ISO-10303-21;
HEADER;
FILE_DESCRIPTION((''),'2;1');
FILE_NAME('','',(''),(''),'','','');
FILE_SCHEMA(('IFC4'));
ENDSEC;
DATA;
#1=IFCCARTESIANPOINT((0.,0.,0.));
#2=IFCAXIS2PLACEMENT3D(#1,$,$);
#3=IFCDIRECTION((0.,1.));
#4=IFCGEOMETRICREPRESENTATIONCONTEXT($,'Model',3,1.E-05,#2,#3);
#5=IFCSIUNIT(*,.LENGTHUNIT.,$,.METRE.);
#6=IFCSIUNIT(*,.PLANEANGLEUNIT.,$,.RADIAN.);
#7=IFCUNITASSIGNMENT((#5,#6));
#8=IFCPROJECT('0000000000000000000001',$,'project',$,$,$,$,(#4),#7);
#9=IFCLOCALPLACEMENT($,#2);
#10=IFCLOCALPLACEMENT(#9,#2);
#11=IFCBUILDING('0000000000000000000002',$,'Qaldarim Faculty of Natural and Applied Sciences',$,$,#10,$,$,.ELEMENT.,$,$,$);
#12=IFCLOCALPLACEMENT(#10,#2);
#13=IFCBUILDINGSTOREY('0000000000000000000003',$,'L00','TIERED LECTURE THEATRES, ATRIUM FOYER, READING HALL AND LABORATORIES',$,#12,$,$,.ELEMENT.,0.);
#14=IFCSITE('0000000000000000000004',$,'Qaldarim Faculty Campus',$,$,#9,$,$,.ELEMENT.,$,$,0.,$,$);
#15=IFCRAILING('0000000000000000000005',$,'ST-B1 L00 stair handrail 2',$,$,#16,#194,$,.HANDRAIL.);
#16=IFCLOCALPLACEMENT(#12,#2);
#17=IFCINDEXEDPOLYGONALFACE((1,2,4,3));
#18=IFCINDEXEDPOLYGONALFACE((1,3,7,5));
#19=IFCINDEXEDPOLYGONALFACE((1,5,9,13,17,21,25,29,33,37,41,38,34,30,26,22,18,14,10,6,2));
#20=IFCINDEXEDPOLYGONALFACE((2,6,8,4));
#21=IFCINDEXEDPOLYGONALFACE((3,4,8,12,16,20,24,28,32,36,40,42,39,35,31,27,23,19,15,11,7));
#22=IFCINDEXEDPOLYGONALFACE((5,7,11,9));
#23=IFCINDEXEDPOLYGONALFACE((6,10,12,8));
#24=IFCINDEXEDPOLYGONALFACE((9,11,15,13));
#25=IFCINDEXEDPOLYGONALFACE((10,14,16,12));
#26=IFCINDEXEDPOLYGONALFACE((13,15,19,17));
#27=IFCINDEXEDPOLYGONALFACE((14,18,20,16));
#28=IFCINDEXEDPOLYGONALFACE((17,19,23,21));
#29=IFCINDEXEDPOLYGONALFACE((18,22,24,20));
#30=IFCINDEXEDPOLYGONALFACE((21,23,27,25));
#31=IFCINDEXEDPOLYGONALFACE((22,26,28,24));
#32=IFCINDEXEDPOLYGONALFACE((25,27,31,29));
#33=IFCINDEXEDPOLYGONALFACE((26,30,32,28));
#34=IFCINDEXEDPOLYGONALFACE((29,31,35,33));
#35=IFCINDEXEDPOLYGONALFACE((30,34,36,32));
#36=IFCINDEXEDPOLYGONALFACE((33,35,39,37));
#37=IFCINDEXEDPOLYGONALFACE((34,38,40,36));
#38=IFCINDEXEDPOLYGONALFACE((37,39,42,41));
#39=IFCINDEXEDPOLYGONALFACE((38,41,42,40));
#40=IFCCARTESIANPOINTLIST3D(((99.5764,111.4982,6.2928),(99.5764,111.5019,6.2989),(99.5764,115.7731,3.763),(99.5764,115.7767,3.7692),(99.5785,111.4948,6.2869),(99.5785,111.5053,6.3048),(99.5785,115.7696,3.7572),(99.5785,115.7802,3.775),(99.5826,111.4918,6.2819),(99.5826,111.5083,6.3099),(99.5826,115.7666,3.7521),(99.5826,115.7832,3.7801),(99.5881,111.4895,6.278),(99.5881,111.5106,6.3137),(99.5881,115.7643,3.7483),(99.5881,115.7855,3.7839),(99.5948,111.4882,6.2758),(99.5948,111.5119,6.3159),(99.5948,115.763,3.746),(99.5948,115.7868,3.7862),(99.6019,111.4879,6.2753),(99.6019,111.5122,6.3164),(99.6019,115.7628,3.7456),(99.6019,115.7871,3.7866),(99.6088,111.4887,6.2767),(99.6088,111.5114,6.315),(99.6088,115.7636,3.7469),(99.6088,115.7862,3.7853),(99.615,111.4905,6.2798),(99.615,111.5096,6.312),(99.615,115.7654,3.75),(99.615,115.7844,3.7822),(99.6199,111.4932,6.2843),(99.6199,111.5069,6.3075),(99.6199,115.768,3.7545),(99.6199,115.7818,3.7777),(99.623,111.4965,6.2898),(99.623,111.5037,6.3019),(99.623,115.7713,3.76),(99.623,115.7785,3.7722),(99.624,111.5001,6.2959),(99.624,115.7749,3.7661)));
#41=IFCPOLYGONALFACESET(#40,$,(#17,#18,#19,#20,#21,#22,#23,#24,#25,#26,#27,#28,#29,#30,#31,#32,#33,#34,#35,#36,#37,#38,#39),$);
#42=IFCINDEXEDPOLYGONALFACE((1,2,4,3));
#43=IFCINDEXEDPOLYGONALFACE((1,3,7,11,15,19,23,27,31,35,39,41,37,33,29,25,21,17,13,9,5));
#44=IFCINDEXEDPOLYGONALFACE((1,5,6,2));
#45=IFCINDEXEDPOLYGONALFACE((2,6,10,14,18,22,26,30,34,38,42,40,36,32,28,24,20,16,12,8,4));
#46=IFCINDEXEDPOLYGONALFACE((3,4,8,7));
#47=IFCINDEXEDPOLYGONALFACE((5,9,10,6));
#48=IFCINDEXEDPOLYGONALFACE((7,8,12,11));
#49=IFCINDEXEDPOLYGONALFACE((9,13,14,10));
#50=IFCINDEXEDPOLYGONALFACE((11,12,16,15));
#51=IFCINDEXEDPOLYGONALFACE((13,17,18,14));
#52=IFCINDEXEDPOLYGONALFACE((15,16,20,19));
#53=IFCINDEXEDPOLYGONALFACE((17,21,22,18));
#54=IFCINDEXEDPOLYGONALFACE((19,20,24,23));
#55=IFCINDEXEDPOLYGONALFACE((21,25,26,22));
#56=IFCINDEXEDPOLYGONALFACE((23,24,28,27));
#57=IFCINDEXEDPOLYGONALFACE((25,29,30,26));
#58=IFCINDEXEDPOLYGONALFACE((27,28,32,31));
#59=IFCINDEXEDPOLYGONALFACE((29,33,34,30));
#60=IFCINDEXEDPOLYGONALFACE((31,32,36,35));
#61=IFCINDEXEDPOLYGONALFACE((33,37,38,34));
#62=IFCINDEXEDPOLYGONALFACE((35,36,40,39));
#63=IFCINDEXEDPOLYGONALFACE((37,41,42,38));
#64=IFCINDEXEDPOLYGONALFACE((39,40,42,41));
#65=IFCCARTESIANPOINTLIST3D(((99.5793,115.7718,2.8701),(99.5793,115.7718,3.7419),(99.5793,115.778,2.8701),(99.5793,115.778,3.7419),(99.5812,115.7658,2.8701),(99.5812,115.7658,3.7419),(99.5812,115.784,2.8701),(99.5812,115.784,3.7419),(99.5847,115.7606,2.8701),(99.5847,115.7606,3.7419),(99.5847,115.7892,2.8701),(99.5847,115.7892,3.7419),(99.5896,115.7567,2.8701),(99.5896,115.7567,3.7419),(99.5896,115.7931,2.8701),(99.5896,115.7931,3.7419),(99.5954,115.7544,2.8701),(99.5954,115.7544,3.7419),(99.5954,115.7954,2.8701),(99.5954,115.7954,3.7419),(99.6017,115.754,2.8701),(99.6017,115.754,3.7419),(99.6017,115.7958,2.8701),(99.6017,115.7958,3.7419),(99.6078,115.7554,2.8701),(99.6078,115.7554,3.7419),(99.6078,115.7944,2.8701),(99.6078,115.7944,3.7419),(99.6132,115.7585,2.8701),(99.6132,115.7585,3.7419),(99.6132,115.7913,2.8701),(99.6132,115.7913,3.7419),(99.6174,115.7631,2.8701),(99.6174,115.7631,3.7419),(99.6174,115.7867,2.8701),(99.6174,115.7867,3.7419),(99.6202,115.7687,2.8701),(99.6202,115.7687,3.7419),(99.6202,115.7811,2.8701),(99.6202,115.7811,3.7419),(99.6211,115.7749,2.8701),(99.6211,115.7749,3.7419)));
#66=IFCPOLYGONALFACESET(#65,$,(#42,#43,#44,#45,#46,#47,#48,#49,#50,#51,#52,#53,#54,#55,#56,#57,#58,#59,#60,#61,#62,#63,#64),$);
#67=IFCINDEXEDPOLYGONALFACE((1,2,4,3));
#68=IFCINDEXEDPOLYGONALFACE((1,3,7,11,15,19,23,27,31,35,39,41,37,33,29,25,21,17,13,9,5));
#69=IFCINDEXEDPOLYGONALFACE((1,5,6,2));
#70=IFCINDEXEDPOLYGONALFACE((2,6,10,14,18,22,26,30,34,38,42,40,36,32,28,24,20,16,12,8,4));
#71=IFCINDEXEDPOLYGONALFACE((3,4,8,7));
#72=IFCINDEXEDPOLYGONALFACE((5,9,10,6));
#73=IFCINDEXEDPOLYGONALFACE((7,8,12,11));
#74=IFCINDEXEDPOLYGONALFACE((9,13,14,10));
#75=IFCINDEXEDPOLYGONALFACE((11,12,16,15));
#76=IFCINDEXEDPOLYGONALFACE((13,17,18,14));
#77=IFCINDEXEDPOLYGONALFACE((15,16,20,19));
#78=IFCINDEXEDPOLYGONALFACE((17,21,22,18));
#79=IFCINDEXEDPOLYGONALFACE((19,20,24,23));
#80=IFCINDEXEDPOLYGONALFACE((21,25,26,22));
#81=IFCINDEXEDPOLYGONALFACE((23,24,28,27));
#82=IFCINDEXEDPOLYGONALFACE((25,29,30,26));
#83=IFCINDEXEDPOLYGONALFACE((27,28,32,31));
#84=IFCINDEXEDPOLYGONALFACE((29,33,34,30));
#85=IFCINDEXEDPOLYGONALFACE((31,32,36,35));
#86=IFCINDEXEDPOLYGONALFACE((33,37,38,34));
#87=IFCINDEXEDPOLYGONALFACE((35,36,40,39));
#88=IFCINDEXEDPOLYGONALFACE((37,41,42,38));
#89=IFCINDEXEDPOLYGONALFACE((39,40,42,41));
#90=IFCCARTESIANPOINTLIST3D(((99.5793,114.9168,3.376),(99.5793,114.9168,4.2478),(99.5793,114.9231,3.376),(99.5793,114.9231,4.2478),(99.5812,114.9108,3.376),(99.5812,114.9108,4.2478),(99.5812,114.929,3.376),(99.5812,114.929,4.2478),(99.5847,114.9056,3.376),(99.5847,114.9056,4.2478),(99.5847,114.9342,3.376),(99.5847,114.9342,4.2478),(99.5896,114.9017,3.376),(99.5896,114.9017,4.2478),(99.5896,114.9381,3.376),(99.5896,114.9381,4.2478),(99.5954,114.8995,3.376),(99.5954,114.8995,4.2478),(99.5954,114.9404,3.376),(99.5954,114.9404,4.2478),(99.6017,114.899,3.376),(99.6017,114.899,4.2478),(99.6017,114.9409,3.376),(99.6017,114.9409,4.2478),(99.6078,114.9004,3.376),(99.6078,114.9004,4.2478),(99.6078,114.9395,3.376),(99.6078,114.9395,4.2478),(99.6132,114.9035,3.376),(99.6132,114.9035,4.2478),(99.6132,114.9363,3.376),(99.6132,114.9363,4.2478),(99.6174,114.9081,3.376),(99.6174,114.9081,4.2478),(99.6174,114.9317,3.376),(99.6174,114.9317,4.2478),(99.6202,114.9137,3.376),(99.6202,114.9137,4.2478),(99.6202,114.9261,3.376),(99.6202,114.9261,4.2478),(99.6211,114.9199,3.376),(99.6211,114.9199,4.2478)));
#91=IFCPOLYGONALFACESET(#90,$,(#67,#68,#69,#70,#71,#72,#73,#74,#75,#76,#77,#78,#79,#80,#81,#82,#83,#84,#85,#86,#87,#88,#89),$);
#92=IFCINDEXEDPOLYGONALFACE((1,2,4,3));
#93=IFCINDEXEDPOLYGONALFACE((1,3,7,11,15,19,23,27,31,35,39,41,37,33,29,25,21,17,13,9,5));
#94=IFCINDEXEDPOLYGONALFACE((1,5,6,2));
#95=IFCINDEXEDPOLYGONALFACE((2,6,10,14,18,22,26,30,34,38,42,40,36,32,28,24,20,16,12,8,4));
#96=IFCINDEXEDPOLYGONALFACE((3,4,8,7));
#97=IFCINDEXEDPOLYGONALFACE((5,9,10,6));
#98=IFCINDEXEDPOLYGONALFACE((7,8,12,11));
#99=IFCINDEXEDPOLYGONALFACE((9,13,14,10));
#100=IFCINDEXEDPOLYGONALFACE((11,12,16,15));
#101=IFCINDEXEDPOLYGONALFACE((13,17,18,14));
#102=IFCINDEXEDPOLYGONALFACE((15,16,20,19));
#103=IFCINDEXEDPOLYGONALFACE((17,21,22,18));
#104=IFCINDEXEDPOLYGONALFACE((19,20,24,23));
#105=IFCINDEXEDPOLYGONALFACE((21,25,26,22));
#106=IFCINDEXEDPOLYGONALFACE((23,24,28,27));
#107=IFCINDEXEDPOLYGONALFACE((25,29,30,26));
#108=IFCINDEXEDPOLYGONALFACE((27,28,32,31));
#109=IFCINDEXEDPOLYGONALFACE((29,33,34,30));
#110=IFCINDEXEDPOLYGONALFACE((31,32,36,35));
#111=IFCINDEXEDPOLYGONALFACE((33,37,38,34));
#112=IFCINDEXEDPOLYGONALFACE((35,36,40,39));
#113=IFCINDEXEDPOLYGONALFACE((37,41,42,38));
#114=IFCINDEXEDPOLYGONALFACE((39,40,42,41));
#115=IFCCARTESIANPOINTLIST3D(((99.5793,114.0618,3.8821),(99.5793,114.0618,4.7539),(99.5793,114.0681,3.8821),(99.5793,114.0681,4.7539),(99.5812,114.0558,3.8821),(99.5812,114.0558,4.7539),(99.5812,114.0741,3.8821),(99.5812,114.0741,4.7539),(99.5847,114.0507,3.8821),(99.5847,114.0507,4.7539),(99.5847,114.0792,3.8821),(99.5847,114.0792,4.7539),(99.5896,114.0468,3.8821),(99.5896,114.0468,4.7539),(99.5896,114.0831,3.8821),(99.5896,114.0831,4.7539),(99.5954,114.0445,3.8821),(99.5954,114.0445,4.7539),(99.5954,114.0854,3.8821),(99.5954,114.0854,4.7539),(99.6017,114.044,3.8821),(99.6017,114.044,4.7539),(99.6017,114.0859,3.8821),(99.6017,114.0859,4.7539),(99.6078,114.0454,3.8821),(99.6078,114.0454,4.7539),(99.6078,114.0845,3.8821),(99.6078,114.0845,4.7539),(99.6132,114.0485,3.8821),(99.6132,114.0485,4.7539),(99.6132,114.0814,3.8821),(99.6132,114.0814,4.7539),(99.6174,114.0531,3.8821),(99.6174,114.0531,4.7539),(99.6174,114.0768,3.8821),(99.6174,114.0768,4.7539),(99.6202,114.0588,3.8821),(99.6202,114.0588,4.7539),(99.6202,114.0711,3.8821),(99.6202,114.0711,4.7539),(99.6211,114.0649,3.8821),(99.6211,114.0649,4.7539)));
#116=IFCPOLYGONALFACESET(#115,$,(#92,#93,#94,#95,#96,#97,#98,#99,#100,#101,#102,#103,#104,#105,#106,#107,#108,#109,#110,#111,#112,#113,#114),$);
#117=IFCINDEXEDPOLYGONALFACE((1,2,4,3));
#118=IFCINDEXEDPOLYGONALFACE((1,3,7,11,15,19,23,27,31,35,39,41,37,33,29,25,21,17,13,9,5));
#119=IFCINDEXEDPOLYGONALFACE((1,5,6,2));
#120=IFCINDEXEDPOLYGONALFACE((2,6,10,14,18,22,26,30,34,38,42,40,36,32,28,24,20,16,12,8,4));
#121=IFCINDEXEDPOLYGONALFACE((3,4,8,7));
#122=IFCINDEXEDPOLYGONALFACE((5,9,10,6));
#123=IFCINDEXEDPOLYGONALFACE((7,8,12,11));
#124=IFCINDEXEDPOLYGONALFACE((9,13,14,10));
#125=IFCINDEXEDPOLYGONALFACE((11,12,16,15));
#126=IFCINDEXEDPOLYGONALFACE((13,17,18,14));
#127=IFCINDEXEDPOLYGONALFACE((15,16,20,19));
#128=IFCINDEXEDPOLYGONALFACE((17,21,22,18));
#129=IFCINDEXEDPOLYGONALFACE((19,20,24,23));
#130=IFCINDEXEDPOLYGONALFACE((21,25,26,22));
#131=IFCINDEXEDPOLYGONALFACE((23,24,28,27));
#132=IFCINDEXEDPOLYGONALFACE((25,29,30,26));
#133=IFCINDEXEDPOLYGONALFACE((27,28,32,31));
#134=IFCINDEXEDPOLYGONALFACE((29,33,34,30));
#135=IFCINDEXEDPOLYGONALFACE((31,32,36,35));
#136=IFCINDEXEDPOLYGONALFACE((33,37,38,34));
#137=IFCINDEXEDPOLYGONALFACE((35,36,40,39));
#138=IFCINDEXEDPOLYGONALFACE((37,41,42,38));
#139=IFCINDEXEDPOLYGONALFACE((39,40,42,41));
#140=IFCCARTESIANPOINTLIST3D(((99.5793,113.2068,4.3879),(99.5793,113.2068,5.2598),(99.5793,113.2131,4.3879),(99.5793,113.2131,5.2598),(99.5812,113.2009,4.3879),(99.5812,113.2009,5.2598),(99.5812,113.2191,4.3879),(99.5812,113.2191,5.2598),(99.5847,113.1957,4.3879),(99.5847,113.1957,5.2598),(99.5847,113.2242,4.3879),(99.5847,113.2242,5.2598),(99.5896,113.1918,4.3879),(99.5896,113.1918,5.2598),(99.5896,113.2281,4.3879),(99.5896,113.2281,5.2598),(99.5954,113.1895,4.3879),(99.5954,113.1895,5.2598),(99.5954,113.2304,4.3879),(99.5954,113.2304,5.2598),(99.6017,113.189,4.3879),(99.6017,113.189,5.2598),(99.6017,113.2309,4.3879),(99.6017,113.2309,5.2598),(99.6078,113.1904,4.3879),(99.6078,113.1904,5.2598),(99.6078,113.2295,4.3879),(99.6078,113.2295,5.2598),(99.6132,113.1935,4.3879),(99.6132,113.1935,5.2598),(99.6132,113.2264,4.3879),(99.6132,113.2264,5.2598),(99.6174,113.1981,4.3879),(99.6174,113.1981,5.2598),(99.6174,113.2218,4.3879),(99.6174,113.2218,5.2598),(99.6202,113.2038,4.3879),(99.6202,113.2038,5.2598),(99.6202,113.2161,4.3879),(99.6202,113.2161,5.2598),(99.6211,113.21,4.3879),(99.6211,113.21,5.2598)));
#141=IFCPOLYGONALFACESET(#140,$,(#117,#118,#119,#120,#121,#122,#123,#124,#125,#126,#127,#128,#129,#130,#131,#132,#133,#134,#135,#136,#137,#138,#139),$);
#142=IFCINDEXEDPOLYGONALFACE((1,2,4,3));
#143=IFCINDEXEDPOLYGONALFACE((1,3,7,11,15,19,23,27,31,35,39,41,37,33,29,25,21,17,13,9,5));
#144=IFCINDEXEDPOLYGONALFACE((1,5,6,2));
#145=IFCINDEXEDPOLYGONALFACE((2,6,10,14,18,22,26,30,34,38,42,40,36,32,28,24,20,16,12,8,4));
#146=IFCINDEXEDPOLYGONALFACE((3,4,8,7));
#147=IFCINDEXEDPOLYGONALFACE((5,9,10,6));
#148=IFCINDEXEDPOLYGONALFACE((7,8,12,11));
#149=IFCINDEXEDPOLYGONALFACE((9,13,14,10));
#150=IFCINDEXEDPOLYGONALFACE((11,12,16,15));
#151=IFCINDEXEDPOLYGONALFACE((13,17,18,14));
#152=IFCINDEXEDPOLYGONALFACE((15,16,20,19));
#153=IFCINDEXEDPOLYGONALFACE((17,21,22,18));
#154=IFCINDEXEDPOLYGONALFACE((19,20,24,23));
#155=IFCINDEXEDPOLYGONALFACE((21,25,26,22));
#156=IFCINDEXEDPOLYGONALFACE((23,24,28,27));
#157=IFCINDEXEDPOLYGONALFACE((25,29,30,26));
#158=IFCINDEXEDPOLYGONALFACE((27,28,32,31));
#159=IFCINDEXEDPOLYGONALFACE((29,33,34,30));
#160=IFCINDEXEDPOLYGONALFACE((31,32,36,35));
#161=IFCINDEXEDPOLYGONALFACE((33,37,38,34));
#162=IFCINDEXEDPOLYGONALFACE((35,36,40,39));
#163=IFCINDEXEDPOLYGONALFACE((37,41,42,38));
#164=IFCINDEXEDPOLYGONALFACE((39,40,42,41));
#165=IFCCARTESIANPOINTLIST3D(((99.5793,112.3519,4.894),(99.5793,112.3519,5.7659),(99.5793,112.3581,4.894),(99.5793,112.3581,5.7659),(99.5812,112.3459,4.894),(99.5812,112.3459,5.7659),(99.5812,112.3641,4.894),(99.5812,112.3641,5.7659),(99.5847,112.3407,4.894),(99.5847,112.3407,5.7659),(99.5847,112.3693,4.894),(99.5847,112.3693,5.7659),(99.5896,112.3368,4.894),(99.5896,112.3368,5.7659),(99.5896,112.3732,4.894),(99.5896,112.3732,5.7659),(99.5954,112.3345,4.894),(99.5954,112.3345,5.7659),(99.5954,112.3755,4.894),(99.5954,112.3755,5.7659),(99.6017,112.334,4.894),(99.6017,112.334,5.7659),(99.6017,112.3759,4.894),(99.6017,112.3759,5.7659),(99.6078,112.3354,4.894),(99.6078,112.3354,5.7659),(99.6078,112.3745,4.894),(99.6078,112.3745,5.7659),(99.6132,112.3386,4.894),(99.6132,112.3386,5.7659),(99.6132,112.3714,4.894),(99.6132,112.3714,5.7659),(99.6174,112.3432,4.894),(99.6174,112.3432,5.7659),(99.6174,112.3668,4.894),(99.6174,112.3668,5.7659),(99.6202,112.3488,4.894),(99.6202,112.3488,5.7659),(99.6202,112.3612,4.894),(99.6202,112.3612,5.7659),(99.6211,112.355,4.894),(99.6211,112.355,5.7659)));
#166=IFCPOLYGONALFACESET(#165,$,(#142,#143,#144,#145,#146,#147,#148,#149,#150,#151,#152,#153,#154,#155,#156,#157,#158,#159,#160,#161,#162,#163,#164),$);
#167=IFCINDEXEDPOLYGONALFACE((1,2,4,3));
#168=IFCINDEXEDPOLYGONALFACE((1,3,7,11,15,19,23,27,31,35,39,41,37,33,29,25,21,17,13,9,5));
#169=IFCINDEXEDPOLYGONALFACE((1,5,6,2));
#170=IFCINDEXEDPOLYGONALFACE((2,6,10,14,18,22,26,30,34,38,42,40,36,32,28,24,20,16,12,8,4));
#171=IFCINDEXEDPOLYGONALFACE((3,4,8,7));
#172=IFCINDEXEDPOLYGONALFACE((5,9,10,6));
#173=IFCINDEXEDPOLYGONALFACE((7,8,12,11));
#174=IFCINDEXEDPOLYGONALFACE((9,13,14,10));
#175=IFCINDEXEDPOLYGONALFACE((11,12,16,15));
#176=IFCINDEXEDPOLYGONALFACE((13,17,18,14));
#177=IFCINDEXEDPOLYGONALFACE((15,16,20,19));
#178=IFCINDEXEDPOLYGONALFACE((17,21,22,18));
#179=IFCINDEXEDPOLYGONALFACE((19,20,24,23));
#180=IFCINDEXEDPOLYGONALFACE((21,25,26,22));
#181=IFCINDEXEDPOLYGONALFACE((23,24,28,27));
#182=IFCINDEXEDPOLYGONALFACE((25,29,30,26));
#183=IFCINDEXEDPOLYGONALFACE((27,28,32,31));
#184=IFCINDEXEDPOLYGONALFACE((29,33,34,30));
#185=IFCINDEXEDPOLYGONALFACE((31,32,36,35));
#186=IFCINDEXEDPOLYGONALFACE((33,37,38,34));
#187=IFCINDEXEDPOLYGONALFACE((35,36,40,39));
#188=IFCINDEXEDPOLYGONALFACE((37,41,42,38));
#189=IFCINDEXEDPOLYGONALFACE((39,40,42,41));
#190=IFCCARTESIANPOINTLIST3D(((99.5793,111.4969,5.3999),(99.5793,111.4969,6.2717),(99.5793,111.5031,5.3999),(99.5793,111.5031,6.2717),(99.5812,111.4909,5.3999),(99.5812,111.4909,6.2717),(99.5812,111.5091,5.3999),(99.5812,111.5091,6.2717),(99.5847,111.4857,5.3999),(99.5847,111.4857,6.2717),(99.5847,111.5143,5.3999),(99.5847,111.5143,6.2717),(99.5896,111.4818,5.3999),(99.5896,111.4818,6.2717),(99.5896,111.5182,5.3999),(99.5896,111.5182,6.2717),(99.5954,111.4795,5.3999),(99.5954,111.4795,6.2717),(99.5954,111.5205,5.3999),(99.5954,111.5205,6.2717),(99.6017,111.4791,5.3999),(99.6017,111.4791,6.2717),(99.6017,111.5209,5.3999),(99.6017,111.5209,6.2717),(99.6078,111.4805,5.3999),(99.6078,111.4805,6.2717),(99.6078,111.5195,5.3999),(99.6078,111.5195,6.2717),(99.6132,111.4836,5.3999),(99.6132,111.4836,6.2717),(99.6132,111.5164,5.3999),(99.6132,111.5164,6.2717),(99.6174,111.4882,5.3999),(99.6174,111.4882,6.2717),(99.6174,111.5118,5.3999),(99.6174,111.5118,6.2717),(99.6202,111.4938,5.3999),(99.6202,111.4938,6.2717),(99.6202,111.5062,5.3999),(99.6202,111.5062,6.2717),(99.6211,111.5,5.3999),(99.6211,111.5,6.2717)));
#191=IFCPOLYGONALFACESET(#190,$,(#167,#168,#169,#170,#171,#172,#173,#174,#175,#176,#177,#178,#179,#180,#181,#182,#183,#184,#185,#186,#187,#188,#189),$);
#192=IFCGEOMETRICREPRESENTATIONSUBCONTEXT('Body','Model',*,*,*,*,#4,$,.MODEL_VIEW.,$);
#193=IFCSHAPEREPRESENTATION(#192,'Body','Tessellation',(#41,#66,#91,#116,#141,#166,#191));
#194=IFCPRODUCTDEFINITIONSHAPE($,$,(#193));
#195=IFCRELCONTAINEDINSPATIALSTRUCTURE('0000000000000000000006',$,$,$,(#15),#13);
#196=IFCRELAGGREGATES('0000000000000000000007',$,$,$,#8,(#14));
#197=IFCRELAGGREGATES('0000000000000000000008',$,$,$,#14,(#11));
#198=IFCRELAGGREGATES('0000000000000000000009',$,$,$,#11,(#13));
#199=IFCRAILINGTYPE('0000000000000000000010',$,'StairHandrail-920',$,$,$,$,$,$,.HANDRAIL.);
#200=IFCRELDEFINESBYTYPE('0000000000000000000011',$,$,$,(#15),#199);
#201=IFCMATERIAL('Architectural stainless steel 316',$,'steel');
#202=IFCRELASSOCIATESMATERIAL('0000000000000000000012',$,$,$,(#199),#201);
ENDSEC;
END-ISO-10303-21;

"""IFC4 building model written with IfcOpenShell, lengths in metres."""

from ifc_helpers import new_model, si_unit, direction, frame, origin, origin_2d, place, context, subcontext, project, spatial, circle, extrude, material, type_object, element, save


model = new_model("IFC4")

# Units and contexts
model_context = context("Model", 3, precision=1e-05, world=origin(), true_north=direction((0.0, 1.0)))
body_context = subcontext(model_context, "Body", "Model", "MODEL_VIEW")
ifc_project = project(units=[si_unit("LENGTHUNIT", "METRE"), si_unit("PLANEANGLEUNIT", "RADIAN")], contexts=[model_context])

# Site, building, storey
site_placement = place(None, origin())
site = spatial("IfcSite", under=ifc_project, at=site_placement, Name="Qaldarim Faculty Campus", CompositionType="ELEMENT", RefElevation=0.0)
building_placement = place(site_placement, origin())
building = spatial("IfcBuilding", under=site, at=building_placement, Name="Qaldarim Faculty of Natural and Applied Sciences", CompositionType="ELEMENT")
storey_placement = place(building_placement, origin())
storey = spatial("IfcBuildingStorey", under=building, at=storey_placement, Name="L00", Description="TIERED LECTURE THEATRES, ATRIUM FOYER, READING HALL AND LABORATORIES", CompositionType="ELEMENT", Elevation=0.0)

# Shared definitions
ifc_material_1 = material(Name="Architectural stainless steel 316", Category="steel")

# Railing
railing_type_1 = type_object("IfcRailingType", Name="StairHandrail-920", PredefinedType="HANDRAIL", material=ifc_material_1)
railing_1_placement = place(storey_placement, frame((99.6001, 115.7749, 2.8701)))
element("IfcRailing", 1, at=railing_1_placement, inside=storey, type_object=railing_type_1, Name="ST-B1 L00 stair handrail 2", PredefinedType="HANDRAIL", context=body_context, shape_type="SweptSolid", body=[
    extrude(circle(Radius=0.0239, at=origin_2d()), frame((0.0, 0.0, 0.896), z_axis=(0.0, -0.8606, 0.509282), x_axis=(1.0, 0.0, 0.0)), (0.0, 0.0, 1.0), 4.9673),
    extrude(circle(Radius=0.021, at=origin_2d()), origin(), (0.0, 0.0, 1.0), 0.8718),
    extrude(circle(Radius=0.021, at=origin_2d()), frame((0.0, -0.855, 0.5059)), (0.0, 0.0, 1.0), 0.8718),
    extrude(circle(Radius=0.021, at=origin_2d()), frame((0.0, -1.71, 1.012)), (0.0, 0.0, 1.0), 0.8718),
    extrude(circle(Radius=0.021, at=origin_2d()), frame((0.0, -2.5649, 1.5178)), (0.0, 0.0, 1.0), 0.8718),
    extrude(circle(Radius=0.021, at=origin_2d()), frame((0.0, -3.4199, 2.0239)), (0.0, 0.0, 1.0), 0.8718),
    extrude(circle(Radius=0.021, at=origin_2d()), frame((0.0, -4.2749, 2.5298)), (0.0, 0.0, 1.0), 0.8718),
])

save(model, "model.ifc")
